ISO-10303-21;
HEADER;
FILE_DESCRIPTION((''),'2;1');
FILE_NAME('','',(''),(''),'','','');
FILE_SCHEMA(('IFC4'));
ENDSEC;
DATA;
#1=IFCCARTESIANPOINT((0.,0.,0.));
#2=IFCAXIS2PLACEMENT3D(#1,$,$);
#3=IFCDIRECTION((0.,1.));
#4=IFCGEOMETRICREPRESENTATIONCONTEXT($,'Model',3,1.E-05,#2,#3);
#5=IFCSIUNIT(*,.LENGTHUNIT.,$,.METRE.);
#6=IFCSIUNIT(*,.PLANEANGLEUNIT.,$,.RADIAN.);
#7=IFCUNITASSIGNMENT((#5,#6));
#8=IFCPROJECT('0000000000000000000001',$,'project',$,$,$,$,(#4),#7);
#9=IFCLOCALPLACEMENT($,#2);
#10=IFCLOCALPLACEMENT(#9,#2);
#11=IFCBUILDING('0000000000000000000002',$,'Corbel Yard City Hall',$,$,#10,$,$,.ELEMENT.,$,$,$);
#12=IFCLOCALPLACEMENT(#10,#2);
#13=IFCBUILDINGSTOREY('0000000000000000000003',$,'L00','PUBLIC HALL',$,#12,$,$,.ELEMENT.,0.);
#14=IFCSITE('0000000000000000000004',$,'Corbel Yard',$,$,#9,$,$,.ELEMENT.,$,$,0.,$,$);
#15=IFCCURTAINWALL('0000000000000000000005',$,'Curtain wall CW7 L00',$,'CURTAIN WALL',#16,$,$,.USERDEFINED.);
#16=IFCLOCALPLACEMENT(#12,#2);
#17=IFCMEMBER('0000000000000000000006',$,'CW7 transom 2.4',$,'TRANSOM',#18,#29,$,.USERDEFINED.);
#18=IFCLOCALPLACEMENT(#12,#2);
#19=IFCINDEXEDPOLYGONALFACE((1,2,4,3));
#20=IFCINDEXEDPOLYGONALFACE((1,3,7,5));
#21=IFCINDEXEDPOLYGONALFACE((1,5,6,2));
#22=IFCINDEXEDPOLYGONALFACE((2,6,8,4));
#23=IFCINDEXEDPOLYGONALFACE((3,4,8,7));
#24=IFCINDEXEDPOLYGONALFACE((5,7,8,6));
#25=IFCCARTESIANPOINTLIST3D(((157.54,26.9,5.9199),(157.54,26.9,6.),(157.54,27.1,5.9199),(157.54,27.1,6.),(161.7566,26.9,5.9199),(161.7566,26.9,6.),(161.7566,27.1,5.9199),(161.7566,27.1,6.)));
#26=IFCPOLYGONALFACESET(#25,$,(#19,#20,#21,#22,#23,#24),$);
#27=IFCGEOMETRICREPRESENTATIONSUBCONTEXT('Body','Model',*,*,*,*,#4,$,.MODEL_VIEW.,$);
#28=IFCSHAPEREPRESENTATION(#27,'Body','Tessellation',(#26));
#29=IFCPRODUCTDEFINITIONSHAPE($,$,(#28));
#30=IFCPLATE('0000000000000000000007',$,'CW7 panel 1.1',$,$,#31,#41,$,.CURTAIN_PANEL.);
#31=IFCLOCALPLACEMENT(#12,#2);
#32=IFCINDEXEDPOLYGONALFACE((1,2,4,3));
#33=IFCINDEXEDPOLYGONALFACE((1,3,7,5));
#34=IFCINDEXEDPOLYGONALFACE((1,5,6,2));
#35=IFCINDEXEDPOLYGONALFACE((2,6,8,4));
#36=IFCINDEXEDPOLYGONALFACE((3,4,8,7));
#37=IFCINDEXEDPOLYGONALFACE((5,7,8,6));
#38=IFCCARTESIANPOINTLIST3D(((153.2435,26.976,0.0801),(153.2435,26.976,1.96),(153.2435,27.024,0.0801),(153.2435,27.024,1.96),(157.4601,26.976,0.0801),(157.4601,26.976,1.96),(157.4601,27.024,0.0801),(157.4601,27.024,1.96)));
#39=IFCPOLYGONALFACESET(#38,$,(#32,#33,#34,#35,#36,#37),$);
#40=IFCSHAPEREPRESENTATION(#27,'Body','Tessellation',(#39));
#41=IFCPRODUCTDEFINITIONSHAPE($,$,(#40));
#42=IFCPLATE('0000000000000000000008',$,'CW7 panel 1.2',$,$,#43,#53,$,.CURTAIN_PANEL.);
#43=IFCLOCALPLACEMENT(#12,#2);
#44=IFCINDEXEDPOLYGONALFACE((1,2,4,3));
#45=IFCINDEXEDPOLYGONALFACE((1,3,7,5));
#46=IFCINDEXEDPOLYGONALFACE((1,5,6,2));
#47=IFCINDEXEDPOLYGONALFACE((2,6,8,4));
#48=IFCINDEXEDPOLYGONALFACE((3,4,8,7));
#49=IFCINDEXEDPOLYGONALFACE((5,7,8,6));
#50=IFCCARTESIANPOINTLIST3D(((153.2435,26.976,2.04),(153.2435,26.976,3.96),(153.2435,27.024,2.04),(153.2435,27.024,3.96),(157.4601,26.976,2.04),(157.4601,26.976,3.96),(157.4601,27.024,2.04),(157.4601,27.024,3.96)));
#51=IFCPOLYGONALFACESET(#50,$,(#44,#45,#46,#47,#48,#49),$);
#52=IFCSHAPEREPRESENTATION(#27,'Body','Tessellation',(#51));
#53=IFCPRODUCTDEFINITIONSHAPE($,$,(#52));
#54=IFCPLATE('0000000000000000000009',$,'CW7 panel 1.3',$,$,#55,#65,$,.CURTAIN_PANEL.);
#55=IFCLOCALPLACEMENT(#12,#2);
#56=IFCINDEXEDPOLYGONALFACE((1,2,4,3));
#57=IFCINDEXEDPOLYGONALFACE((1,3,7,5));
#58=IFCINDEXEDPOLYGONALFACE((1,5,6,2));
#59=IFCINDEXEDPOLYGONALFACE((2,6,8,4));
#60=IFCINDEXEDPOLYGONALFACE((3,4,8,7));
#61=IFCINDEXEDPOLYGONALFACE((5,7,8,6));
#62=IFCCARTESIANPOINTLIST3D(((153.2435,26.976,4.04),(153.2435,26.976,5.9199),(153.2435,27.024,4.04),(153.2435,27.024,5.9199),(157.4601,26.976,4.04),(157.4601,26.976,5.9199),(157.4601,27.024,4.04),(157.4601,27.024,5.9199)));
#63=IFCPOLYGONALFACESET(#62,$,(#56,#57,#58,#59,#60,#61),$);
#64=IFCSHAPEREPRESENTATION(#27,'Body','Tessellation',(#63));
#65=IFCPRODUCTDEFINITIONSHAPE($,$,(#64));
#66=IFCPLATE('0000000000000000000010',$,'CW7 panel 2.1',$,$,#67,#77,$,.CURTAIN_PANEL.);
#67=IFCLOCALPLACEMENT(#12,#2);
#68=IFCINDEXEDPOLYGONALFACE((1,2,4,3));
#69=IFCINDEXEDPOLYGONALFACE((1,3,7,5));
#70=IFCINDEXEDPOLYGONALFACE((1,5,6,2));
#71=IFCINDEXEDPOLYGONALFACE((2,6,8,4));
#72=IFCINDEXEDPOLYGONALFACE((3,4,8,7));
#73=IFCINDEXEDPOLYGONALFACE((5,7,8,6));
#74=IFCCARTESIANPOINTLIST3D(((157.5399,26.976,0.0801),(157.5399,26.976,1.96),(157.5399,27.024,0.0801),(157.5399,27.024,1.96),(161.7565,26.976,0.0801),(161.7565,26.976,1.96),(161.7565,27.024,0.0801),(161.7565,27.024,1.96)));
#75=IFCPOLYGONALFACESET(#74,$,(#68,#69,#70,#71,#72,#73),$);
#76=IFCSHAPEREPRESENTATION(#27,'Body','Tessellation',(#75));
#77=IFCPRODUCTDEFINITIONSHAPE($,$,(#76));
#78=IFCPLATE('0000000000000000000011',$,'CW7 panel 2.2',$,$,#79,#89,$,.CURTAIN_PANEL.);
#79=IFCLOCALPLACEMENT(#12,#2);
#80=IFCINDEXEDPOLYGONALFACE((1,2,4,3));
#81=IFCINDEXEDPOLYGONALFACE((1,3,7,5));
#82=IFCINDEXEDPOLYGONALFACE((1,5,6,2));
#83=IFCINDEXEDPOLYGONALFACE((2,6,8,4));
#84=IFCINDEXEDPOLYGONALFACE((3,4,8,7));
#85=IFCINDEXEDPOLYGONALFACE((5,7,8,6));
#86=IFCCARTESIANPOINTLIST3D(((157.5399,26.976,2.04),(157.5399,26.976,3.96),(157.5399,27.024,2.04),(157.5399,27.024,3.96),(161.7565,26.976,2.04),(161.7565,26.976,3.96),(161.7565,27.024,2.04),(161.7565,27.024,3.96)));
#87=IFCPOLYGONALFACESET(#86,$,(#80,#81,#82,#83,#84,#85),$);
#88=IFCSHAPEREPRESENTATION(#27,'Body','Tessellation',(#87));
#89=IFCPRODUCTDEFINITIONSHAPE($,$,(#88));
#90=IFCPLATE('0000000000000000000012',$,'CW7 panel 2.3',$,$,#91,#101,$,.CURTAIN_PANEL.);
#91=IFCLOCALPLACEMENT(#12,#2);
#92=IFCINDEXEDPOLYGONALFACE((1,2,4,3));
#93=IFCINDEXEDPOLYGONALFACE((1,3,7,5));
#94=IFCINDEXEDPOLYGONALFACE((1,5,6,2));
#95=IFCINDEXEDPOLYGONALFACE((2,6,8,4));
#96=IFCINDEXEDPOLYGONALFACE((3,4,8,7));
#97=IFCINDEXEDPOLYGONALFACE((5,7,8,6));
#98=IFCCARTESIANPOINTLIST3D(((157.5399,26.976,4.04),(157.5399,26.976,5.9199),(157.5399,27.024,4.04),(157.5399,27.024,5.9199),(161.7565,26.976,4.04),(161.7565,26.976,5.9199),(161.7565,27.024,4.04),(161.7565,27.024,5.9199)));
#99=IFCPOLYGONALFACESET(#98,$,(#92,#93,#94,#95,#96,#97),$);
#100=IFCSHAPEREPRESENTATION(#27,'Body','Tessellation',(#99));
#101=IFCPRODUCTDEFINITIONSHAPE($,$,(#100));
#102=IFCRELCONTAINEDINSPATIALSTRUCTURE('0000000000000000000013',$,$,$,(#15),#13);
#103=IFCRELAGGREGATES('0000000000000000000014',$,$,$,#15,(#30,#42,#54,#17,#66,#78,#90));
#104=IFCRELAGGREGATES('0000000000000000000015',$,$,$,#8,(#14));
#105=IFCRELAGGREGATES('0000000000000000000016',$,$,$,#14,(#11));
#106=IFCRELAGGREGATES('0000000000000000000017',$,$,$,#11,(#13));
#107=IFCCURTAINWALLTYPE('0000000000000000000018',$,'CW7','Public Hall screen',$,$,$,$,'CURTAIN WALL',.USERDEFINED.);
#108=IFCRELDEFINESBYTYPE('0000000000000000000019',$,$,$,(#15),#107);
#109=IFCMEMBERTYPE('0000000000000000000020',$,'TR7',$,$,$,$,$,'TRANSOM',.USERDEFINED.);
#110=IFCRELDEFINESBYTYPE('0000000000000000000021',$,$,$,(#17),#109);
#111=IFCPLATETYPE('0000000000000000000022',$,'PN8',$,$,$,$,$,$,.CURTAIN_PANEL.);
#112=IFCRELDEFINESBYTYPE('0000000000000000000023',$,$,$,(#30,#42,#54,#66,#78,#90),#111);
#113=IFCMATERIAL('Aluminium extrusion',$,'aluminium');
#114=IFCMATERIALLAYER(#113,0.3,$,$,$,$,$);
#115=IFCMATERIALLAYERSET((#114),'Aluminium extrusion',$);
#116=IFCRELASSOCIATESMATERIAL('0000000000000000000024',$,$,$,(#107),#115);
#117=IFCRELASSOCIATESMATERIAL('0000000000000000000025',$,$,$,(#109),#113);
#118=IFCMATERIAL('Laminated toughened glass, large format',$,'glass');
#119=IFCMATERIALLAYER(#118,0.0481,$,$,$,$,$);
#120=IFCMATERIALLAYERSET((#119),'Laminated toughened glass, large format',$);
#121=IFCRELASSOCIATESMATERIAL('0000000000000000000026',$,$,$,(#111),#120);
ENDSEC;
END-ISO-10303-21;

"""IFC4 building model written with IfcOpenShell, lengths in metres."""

from ifc_helpers import new_model, si_unit, direction, frame, origin, origin_2d, place, context, subcontext, project, spatial, rectangle, extrude, material, layer, layer_set, material_profile, profile_set, type_object, element, aggregate, save


model = new_model("IFC4")

# Units and contexts
model_context = context("Model", 3, precision=1e-05, world=origin(), true_north=direction((0.0, 1.0)))
body_context = subcontext(model_context, "Body", "Model", "MODEL_VIEW")
ifc_project = project(units=[si_unit("LENGTHUNIT", "METRE"), si_unit("PLANEANGLEUNIT", "RADIAN")], contexts=[model_context])

# Site, building, storey
site_placement = place(None, origin())
site = spatial("IfcSite", under=ifc_project, at=site_placement, Name="Corbel Yard", CompositionType="ELEMENT", RefElevation=0.0)
building_placement = place(site_placement, origin())
building = spatial("IfcBuilding", under=site, at=building_placement, Name="Corbel Yard City Hall", CompositionType="ELEMENT")
storey_placement = place(building_placement, origin())
storey = spatial("IfcBuildingStorey", under=building, at=storey_placement, Name="L00", Description="PUBLIC HALL", CompositionType="ELEMENT", Elevation=0.0)

# Curtain wall, member, plates
ifc_material_1 = material(Name="Aluminium extrusion", Category="aluminium")
ifc_layer_1 = layer(ifc_material_1, 0.3)
ifc_layer_set_1 = layer_set([ifc_layer_1], Name="Aluminium extrusion")
curtain_wall_type = type_object("IfcCurtainWallType", Name="CW7", Description="Public Hall screen", ElementType="CURTAIN WALL", PredefinedType="USERDEFINED", material=ifc_layer_set_1)
curtain_wall_placement = place(storey_placement, origin())
curtain_wall = element("IfcCurtainWall", 1, at=curtain_wall_placement, inside=storey, type_object=curtain_wall_type, Name="Curtain wall CW7 L00", ObjectType="CURTAIN WALL", PredefinedType="USERDEFINED")
ifc_material_profile_1 = material_profile(ifc_material_1, rectangle(XDim=0.2, YDim=0.0801, at=origin_2d()), Name="200x80")
ifc_profile_set_1 = profile_set([ifc_material_profile_1], Name="Aluminium extrusion")
member_type_1 = type_object("IfcMemberType", Name="TR7", ElementType="TRANSOM", PredefinedType="USERDEFINED", material=ifc_profile_set_1)
member_1_placement = place(storey_placement, frame((157.54, 27.0, 5.96), z_axis=(1.0, 0.0, 0.0), x_axis=(0.0, 1.0, 0.0)))
member_1 = element("IfcMember", 2, at=member_1_placement, type_object=member_type_1, Name="CW7 transom 2.4", ObjectType="TRANSOM", PredefinedType="USERDEFINED", context=body_context, shape_type="SweptSolid", body=[
    extrude(rectangle(XDim=0.2, YDim=0.0801, at=origin_2d()), origin(), (0.0, 0.0, 1.0), 4.2166),
])
ifc_material_2 = material(Name="Laminated toughened glass, large format", Category="glass")
ifc_layer_2 = layer(ifc_material_2, 0.0481)
ifc_layer_set_2 = layer_set([ifc_layer_2], Name="Laminated toughened glass, large format")
plate_type = type_object("IfcPlateType", Name="PN8", PredefinedType="CURTAIN_PANEL", material=ifc_layer_set_2)
plate_1_placement = place(storey_placement, frame((155.3518, 27.0, 0.0801), z_axis=(0.0, 0.0, 1.0), x_axis=(1.0, 0.0, 0.0)))
plate_1 = element("IfcPlate", 3, at=plate_1_placement, type_object=plate_type, Name="CW7 panel 1.1", PredefinedType="CURTAIN_PANEL", context=body_context, shape_type="SweptSolid", body=[
    extrude(rectangle(XDim=4.2166, YDim=0.0481, at=origin_2d()), origin(), (0.0, 0.0, 1.0), 1.8799),
])
plate_2_placement = place(storey_placement, frame((155.3518, 27.0, 2.04), z_axis=(0.0, 0.0, 1.0), x_axis=(1.0, 0.0, 0.0)))
plate_2 = element("IfcPlate", 4, at=plate_2_placement, type_object=plate_type, Name="CW7 panel 1.2", PredefinedType="CURTAIN_PANEL", context=body_context, shape_type="SweptSolid", body=[
    extrude(rectangle(XDim=4.2166, YDim=0.0481, at=origin_2d()), origin(), (0.0, 0.0, 1.0), 1.9199),
])
plate_3_placement = place(storey_placement, frame((155.3518, 27.0, 4.04), z_axis=(0.0, 0.0, 1.0), x_axis=(1.0, 0.0, 0.0)))
plate_3 = element("IfcPlate", 5, at=plate_3_placement, type_object=plate_type, Name="CW7 panel 1.3", PredefinedType="CURTAIN_PANEL", context=body_context, shape_type="SweptSolid", body=[
    extrude(rectangle(XDim=4.2166, YDim=0.0481, at=origin_2d()), origin(), (0.0, 0.0, 1.0), 1.8799),
])
plate_4_placement = place(storey_placement, frame((159.6482, 27.0, 0.0801), z_axis=(0.0, 0.0, 1.0), x_axis=(1.0, 0.0, 0.0)))
plate_4 = element("IfcPlate", 6, at=plate_4_placement, type_object=plate_type, Name="CW7 panel 2.1", PredefinedType="CURTAIN_PANEL", context=body_context, shape_type="SweptSolid", body=[
    extrude(rectangle(XDim=4.2166, YDim=0.0481, at=origin_2d()), origin(), (0.0, 0.0, 1.0), 1.8799),
])
plate_5_placement = place(storey_placement, frame((159.6482, 27.0, 2.04), z_axis=(0.0, 0.0, 1.0), x_axis=(1.0, 0.0, 0.0)))
plate_5 = element("IfcPlate", 7, at=plate_5_placement, type_object=plate_type, Name="CW7 panel 2.2", PredefinedType="CURTAIN_PANEL", context=body_context, shape_type="SweptSolid", body=[
    extrude(rectangle(XDim=4.2166, YDim=0.0481, at=origin_2d()), origin(), (0.0, 0.0, 1.0), 1.9199),
])
plate_6_placement = place(storey_placement, frame((159.6482, 27.0, 4.04), z_axis=(0.0, 0.0, 1.0), x_axis=(1.0, 0.0, 0.0)))
plate_6 = element("IfcPlate", 8, at=plate_6_placement, type_object=plate_type, Name="CW7 panel 2.3", PredefinedType="CURTAIN_PANEL", context=body_context, shape_type="SweptSolid", body=[
    extrude(rectangle(XDim=4.2166, YDim=0.0481, at=origin_2d()), origin(), (0.0, 0.0, 1.0), 1.8799),
])
aggregate(curtain_wall, [plate_1, plate_2, plate_3, member_1, plate_4, plate_5, plate_6])

save(model, "model.ifc")
